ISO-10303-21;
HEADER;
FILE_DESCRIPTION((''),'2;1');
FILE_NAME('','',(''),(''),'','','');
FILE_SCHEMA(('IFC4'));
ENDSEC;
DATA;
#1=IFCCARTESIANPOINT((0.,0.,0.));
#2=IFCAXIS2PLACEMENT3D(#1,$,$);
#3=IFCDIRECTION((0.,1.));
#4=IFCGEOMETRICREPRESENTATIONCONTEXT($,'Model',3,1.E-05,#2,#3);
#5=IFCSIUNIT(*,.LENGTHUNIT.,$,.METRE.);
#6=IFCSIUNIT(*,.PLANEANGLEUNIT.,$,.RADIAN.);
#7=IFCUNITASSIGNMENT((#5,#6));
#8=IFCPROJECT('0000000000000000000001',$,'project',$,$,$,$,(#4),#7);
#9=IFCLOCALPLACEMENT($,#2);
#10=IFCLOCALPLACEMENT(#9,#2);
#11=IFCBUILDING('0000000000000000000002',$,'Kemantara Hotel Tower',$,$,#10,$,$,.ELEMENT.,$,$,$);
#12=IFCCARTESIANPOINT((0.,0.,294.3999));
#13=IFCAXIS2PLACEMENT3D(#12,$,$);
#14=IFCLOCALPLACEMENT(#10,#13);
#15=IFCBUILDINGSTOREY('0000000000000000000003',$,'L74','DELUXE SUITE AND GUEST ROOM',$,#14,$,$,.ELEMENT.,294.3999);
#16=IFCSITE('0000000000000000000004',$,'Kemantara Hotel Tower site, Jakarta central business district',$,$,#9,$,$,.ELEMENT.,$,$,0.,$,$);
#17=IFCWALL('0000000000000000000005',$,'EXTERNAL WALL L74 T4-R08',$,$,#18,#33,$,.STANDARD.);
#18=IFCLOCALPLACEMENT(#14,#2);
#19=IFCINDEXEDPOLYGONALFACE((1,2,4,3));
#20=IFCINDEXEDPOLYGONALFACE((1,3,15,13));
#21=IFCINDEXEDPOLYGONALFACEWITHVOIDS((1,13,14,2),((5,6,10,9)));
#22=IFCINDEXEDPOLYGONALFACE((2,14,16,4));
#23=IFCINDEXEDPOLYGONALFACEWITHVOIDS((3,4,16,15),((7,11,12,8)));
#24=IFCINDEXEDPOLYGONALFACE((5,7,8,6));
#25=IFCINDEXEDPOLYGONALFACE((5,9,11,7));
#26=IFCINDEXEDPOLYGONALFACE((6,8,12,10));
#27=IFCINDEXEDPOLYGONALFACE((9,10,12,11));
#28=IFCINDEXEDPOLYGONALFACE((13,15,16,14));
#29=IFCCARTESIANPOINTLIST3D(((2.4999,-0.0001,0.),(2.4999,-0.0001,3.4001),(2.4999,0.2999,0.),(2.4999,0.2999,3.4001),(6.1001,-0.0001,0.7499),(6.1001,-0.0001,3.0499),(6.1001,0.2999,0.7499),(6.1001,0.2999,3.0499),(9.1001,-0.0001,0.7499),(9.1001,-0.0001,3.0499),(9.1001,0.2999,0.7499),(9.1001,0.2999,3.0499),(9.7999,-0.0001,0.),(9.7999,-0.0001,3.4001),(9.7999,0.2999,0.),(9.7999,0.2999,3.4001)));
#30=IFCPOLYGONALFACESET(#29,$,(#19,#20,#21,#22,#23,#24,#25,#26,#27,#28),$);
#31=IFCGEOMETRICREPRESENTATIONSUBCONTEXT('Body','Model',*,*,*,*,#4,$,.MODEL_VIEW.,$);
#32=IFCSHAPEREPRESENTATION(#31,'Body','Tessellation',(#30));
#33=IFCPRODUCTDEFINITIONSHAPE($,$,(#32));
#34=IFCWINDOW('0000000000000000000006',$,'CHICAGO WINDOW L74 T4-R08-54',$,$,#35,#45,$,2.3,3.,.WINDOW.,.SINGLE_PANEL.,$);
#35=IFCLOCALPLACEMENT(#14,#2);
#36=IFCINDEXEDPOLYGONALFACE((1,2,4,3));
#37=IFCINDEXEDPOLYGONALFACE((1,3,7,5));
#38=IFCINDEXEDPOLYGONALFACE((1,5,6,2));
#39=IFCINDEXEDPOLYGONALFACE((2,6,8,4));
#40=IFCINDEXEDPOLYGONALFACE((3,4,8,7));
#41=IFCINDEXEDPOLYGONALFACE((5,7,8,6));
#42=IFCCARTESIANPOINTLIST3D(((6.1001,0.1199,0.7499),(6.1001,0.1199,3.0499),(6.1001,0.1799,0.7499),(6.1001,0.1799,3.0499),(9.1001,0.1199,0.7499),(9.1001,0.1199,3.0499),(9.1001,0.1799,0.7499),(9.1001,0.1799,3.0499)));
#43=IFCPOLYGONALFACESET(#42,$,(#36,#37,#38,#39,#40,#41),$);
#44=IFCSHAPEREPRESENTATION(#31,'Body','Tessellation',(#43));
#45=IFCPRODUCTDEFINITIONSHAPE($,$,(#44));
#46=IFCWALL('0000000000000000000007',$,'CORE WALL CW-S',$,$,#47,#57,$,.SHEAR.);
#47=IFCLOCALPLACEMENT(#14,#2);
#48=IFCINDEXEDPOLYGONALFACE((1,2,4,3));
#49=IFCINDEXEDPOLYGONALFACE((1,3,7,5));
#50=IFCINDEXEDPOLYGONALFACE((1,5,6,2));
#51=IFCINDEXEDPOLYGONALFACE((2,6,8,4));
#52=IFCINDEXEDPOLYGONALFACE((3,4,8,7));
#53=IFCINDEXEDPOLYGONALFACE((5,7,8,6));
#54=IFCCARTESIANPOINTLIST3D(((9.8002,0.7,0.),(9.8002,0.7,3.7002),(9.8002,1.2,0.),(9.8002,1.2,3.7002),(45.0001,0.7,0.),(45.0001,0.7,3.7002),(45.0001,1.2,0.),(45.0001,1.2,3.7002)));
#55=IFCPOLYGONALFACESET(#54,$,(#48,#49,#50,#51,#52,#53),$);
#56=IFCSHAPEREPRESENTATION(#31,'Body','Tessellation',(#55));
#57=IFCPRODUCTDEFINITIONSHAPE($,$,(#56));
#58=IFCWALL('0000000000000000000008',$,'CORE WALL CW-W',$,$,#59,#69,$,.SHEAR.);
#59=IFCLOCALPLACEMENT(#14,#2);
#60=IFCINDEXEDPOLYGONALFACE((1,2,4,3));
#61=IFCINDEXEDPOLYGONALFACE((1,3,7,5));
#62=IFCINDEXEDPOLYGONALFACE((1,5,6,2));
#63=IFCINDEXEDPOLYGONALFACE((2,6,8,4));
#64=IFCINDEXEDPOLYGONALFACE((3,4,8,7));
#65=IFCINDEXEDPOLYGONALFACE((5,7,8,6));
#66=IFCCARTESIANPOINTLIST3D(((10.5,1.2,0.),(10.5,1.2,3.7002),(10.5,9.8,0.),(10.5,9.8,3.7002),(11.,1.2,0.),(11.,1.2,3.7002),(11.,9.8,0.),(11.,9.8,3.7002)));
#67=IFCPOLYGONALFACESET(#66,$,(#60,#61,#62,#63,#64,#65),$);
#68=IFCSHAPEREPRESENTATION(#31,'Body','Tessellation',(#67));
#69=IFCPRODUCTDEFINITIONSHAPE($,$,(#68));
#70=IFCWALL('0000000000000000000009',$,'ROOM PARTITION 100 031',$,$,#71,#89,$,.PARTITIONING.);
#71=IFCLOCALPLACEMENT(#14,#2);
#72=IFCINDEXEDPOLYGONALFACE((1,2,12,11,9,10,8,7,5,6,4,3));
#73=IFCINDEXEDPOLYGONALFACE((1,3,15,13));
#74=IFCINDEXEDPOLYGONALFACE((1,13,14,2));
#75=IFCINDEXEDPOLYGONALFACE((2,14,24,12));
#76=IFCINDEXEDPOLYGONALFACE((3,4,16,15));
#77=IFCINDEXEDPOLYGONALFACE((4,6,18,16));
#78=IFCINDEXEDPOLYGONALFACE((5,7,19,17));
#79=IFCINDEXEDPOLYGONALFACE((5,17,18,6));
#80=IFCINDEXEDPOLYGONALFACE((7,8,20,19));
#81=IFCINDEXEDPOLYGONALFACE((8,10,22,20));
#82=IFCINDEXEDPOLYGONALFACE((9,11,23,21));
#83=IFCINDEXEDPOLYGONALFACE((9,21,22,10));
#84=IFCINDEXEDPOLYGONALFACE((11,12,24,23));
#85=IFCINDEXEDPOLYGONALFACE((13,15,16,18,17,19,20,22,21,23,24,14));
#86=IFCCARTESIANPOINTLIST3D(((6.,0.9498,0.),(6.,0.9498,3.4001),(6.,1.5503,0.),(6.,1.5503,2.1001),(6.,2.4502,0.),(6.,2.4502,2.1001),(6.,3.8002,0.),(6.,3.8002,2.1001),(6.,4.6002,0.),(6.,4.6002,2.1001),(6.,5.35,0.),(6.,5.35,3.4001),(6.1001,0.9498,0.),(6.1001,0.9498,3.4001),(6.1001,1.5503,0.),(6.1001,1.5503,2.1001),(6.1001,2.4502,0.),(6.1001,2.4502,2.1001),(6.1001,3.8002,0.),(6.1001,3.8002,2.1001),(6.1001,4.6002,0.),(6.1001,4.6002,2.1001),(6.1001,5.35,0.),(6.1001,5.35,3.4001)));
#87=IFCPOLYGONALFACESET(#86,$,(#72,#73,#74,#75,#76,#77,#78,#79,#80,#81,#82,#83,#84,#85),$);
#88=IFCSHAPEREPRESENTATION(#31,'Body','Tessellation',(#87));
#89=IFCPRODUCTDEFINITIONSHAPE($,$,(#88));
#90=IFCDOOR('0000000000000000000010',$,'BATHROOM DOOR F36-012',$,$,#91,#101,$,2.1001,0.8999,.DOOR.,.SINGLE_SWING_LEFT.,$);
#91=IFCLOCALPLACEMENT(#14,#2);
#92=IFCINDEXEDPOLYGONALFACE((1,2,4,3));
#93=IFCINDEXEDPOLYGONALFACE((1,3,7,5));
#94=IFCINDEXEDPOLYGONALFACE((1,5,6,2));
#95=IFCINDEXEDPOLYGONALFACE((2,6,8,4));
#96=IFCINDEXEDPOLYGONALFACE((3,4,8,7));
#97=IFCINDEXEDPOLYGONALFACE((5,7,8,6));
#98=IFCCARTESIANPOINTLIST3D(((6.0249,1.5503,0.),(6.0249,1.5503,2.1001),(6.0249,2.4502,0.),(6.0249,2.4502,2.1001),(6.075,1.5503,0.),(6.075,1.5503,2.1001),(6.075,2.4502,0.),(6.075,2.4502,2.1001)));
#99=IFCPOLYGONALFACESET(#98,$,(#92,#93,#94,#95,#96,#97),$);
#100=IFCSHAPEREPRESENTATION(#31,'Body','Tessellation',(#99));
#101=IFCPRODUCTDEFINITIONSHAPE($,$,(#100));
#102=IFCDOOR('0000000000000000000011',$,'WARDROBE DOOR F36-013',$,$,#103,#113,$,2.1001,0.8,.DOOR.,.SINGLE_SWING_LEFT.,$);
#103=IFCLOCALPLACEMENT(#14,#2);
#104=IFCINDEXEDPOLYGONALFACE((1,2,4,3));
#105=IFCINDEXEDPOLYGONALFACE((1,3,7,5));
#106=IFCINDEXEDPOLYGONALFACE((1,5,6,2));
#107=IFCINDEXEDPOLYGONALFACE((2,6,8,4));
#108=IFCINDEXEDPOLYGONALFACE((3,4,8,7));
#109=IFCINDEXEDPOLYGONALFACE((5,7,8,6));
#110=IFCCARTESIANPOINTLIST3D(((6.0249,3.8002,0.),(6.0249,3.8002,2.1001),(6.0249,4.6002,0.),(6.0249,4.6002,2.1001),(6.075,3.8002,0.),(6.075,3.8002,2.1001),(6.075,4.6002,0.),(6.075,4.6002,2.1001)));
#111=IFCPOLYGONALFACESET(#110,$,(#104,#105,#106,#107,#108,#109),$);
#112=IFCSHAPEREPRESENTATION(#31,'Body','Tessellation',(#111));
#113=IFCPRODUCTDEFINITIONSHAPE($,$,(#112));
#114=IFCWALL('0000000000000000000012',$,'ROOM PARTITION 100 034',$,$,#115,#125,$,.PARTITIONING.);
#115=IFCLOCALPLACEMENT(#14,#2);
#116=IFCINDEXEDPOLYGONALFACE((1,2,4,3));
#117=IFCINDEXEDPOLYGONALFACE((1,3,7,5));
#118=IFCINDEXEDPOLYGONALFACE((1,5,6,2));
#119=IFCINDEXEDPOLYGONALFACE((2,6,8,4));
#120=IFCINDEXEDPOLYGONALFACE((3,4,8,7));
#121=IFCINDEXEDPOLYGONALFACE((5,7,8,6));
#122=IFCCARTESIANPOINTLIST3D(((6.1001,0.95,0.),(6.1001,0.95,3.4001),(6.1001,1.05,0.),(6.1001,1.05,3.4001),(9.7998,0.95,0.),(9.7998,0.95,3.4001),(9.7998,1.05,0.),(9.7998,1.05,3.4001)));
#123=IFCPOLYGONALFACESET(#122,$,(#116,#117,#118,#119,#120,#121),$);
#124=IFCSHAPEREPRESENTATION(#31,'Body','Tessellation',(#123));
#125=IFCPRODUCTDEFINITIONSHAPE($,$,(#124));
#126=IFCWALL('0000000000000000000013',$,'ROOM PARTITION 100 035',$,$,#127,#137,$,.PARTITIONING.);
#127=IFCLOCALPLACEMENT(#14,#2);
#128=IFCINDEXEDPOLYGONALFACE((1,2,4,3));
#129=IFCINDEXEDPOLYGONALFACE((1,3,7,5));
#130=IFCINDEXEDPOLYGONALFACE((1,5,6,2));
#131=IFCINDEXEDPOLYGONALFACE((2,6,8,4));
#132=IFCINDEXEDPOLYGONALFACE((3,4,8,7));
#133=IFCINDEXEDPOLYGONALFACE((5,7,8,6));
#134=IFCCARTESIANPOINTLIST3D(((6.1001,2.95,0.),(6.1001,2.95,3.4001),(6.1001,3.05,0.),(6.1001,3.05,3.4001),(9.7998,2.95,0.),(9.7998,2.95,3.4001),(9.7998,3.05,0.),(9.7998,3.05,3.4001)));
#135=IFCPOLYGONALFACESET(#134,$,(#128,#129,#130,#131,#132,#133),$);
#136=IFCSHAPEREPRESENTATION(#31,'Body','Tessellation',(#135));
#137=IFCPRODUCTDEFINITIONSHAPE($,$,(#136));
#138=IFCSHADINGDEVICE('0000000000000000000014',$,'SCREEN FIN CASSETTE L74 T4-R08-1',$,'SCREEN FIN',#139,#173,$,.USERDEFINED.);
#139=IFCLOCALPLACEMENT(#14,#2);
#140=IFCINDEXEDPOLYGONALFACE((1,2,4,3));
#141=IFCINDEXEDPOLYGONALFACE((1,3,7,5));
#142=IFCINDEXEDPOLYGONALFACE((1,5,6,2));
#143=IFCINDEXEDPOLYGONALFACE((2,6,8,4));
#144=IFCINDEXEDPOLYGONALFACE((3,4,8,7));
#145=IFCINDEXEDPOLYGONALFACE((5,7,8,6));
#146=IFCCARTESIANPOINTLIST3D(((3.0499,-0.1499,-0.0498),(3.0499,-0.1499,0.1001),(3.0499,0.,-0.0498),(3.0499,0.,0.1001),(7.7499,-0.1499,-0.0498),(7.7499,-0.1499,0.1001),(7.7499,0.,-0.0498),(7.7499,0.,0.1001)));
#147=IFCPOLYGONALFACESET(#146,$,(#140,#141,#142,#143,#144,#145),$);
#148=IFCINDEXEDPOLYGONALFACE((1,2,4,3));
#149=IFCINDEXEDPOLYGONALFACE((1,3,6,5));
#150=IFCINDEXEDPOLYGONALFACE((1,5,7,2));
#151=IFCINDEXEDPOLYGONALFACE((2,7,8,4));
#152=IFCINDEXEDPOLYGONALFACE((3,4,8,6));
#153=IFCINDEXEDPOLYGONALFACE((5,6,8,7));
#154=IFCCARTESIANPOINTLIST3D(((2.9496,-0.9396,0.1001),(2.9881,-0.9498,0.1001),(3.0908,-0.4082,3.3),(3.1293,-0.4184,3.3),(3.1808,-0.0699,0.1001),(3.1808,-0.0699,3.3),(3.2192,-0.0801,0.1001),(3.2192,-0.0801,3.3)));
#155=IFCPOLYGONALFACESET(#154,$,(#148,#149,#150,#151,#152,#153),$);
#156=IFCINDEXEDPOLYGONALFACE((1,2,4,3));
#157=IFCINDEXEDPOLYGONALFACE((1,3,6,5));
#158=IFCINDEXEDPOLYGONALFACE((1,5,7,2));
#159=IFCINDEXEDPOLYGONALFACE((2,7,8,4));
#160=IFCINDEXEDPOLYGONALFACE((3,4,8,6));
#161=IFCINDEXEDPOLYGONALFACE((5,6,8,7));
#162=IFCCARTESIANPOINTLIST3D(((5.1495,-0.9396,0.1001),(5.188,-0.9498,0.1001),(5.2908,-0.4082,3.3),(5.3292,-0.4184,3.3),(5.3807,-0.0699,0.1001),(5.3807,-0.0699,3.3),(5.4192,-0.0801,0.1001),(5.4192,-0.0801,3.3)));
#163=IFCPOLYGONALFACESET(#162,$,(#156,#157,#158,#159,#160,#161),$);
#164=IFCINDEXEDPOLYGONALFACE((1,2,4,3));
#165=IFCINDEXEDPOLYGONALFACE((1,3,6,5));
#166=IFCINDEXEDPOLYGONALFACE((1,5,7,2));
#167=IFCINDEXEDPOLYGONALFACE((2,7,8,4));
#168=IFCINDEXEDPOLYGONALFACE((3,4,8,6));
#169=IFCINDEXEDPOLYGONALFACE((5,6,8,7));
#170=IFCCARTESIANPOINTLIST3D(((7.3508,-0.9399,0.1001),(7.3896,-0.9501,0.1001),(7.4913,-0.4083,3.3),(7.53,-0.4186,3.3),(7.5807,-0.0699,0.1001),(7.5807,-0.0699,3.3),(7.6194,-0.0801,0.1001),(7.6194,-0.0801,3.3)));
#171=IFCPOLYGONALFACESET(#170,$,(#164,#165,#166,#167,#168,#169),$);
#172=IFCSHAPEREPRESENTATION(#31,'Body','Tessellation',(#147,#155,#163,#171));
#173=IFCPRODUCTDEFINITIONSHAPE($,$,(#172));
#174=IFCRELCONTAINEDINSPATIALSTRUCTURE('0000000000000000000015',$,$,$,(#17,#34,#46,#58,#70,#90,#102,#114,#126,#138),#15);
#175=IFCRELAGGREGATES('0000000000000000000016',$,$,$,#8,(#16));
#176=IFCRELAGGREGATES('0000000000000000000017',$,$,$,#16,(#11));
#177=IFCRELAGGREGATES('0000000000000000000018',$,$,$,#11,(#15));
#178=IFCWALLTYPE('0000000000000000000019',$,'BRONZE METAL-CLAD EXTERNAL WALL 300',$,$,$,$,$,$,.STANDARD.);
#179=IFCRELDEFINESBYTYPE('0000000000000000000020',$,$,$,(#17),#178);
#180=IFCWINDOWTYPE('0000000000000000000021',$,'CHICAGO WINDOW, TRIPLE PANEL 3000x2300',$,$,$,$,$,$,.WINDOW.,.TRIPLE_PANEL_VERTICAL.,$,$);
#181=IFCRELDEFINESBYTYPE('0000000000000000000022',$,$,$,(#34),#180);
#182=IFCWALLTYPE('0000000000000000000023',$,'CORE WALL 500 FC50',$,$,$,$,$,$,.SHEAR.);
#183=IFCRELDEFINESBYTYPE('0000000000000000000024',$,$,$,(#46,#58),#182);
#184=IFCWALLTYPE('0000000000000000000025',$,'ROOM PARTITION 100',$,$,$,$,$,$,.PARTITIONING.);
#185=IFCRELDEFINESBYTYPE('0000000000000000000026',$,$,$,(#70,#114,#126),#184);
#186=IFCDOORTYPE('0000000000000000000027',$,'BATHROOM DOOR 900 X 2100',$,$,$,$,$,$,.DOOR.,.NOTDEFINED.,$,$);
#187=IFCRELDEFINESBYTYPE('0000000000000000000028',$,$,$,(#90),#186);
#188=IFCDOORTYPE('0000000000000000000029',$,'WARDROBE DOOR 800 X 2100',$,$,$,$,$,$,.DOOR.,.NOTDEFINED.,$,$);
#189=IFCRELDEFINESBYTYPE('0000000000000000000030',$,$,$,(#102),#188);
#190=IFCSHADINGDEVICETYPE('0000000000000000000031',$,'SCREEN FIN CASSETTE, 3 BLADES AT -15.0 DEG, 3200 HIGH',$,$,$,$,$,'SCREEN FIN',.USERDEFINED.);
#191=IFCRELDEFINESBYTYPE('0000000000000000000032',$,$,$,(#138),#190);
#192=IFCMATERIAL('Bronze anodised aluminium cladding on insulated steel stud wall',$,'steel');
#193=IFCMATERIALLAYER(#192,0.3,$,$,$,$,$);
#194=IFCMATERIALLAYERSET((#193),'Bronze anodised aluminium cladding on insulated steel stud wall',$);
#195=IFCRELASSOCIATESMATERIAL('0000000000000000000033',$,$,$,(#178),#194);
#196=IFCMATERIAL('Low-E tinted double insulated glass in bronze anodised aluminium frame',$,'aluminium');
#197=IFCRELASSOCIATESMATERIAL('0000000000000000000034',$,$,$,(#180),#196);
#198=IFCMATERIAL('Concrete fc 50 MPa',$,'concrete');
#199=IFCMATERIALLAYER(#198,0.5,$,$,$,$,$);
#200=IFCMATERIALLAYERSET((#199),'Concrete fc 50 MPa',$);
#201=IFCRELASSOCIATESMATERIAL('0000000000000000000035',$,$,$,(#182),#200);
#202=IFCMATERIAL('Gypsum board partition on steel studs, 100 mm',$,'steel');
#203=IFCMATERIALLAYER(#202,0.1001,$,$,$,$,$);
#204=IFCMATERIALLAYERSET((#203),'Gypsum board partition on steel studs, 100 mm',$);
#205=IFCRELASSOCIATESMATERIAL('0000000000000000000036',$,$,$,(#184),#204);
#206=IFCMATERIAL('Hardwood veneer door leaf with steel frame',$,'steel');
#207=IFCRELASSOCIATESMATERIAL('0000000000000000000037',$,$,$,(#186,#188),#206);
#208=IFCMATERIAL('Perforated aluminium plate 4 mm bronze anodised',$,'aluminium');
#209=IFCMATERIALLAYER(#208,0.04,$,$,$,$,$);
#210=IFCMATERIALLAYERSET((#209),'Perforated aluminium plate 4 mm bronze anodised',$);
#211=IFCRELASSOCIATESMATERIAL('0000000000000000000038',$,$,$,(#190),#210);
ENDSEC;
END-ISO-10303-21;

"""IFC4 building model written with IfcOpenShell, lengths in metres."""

from ifc_helpers import new_model, si_unit, direction, frame, frame_2d, origin, origin_2d, place, context, subcontext, project, spatial, polyline, rectangle, outline, extrude, source, transform, mapped, material, layer, layer_set, type_object, element, fill, save


model = new_model("IFC4")

# Units and contexts
model_context = context("Model", 3, precision=1e-05, world=origin(), true_north=direction((0.0, 1.0)))
body_context = subcontext(model_context, "Body", "Model", "MODEL_VIEW")
ifc_project = project(units=[si_unit("LENGTHUNIT", "METRE"), si_unit("PLANEANGLEUNIT", "RADIAN")], contexts=[model_context])

# Site, building, storey
site_placement = place(None, origin())
site = spatial("IfcSite", under=ifc_project, at=site_placement, Name="Kemantara Hotel Tower site, Jakarta central business district", CompositionType="ELEMENT", RefElevation=0.0)
building_placement = place(site_placement, origin())
building = spatial("IfcBuilding", under=site, at=building_placement, Name="Kemantara Hotel Tower", CompositionType="ELEMENT")
storey_placement = place(building_placement, frame((0.0, 0.0, 294.3999)))
storey = spatial("IfcBuildingStorey", under=building, at=storey_placement, Name="L74", Description="DELUXE SUITE AND GUEST ROOM", CompositionType="ELEMENT", Elevation=294.3999)

# Shared definitions
ifc_material_1 = material(Name="Concrete fc 50 MPa", Category="concrete")

# Shared definitions
ifc_material_2 = material(Name="Bronze anodised aluminium cladding on insulated steel stud wall", Category="steel")
ifc_layer_1 = layer(ifc_material_2, 0.3)
ifc_layer_set_1 = layer_set([ifc_layer_1], Name="Bronze anodised aluminium cladding on insulated steel stud wall")
wall_type_1 = type_object("IfcWallType", Name="BRONZE METAL-CLAD EXTERNAL WALL 300", PredefinedType="STANDARD", material=ifc_layer_set_1)

# Wall, opening, window
wall_1_placement = place(storey_placement, frame((2.5, 0.1499, 0.0), z_axis=(0.0, 0.0, 1.0), x_axis=(1.0, 0.0, 0.0)))
wall_1 = element("IfcWall", 1, at=wall_1_placement, inside=storey, type_object=wall_type_1, Name="EXTERNAL WALL L74 T4-R08", PredefinedType="STANDARD", context=body_context, shape_type="SweptSolid", body=[
    extrude(rectangle(XDim=7.3, YDim=0.3, at=frame_2d((3.6499, 0.0))), origin(), (0.0, 0.0, 1.0), 3.4001),
])
opening_1_placement = place(wall_1_placement, frame((3.6001, 0.0, 0.75)))
opening_1 = element("IfcOpeningElement", 2, at=opening_1_placement, cuts=wall_1, PredefinedType="OPENING", context=body_context, shape_type="SweptSolid", body=[
    extrude(rectangle(XDim=3.0, YDim=2.3, at=frame_2d((1.5, 1.1499))), frame((0.0, 0.1599, 0.0), z_axis=(0.0, -1.0, 0.0), x_axis=(1.0, 0.0, 0.0)), (0.0, 0.0, 1.0), 0.3201),
])
ifc_material_3 = material(Name="Low-E tinted double insulated glass in bronze anodised aluminium frame", Category="aluminium")
window_type = type_object("IfcWindowType", Name="CHICAGO WINDOW, TRIPLE PANEL 3000x2300", PartitioningType="TRIPLE_PANEL_VERTICAL", PredefinedType="WINDOW", material=ifc_material_3)
window_placement = place(opening_1_placement, origin())
window = element("IfcWindow", 3, at=window_placement, inside=storey, type_object=window_type, Name="CHICAGO WINDOW L74 T4-R08-54", OverallHeight=2.3, OverallWidth=3.0, PartitioningType="SINGLE_PANEL", PredefinedType="WINDOW", context=body_context, shape_type="SweptSolid", body=[
    extrude(rectangle(XDim=3.0, YDim=2.3, at=frame_2d((1.5, 1.1499))), frame((0.0, 0.03, 0.0), z_axis=(0.0, -1.0, 0.0), x_axis=(1.0, 0.0, 0.0)), (0.0, 0.0, 1.0), 0.0601),
])
fill(opening_1, window)

# Walls
ifc_layer_2 = layer(ifc_material_1, 0.5)
ifc_layer_set_2 = layer_set([ifc_layer_2], Name="Concrete fc 50 MPa")
wall_type_2 = type_object("IfcWallType", Name="CORE WALL 500 FC50", PredefinedType="SHEAR", material=ifc_layer_set_2)
wall_2_placement = place(storey_placement, frame((9.8, 0.95, 0.0), z_axis=(0.0, 0.0, 1.0), x_axis=(1.0, 0.0, 0.0)))
element("IfcWall", 4, at=wall_2_placement, inside=storey, type_object=wall_type_2, Name="CORE WALL CW-S", PredefinedType="SHEAR", context=body_context, shape_type="SweptSolid", body=[
    extrude(rectangle(XDim=35.2, YDim=0.5, at=frame_2d((17.6001, 0.0))), origin(), (0.0, 0.0, 1.0), 3.7002),
])
wall_3_placement = place(storey_placement, frame((10.75, 1.2, 0.0), z_axis=(0.0, 0.0, 1.0), x_axis=(0.0, 1.0, 0.0)))
element("IfcWall", 5, at=wall_3_placement, inside=storey, type_object=wall_type_2, Name="CORE WALL CW-W", PredefinedType="SHEAR", context=body_context, shape_type="SweptSolid", body=[
    extrude(rectangle(XDim=8.6001, YDim=0.5, at=frame_2d((4.3, 0.0))), origin(), (0.0, 0.0, 1.0), 3.7002),
])

# Wall, openings, doors
ifc_material_4 = material(Name="Gypsum board partition on steel studs, 100 mm", Category="steel")
ifc_layer_3 = layer(ifc_material_4, 0.1001)
ifc_layer_set_3 = layer_set([ifc_layer_3], Name="Gypsum board partition on steel studs, 100 mm")
wall_type_3 = type_object("IfcWallType", Name="ROOM PARTITION 100", PredefinedType="PARTITIONING", material=ifc_layer_set_3)
wall_4_placement = place(storey_placement, frame((6.05, 5.3501, 0.0), z_axis=(0.0, 0.0, 1.0), x_axis=(0.0, -1.0, 0.0)))
wall_4 = element("IfcWall", 6, at=wall_4_placement, inside=storey, type_object=wall_type_3, Name="ROOM PARTITION 100 031", PredefinedType="PARTITIONING", context=body_context, shape_type="SweptSolid", body=[
    extrude(rectangle(XDim=4.4001, YDim=0.1001, at=frame_2d((2.2002, 0.0))), origin(), (0.0, 0.0, 1.0), 3.4001),
])
opening_2_placement = place(wall_4_placement, frame((2.8999, 0.0, 0.0)))
opening_2 = element("IfcOpeningElement", 7, at=opening_2_placement, cuts=wall_4, PredefinedType="OPENING", context=body_context, shape_type="SweptSolid", body=[
    extrude(rectangle(XDim=0.8999, YDim=2.1001, at=frame_2d((0.45, 1.05))), frame((0.0, 0.0601, 0.0), z_axis=(0.0, -1.0, 0.0), x_axis=(1.0, 0.0, 0.0)), (0.0, 0.0, 1.0), 0.1201),
])
opening_3_placement = place(wall_4_placement, frame((0.75, 0.0, 0.0)))
opening_3 = element("IfcOpeningElement", 8, at=opening_3_placement, cuts=wall_4, PredefinedType="OPENING", context=body_context, shape_type="SweptSolid", body=[
    extrude(rectangle(XDim=0.8, YDim=2.1001, at=frame_2d((0.3999, 1.05))), frame((0.0, 0.0601, 0.0), z_axis=(0.0, -1.0, 0.0), x_axis=(1.0, 0.0, 0.0)), (0.0, 0.0, 1.0), 0.1201),
])
ifc_material_5 = material(Name="Hardwood veneer door leaf with steel frame", Category="steel")
door_type_1 = type_object("IfcDoorType", Name="BATHROOM DOOR 900 X 2100", OperationType="NOTDEFINED", PredefinedType="DOOR", material=ifc_material_5)
door_1_placement = place(opening_2_placement, origin())
door_1 = element("IfcDoor", 9, at=door_1_placement, inside=storey, type_object=door_type_1, Name="BATHROOM DOOR F36-012", OperationType="SINGLE_SWING_LEFT", OverallHeight=2.1001, OverallWidth=0.8999, PredefinedType="DOOR", context=body_context, shape_type="SweptSolid", body=[
    extrude(rectangle(XDim=0.8999, YDim=2.1001, at=frame_2d((0.45, 1.05))), frame((0.0, 0.0249, 0.0), z_axis=(0.0, -1.0, 0.0), x_axis=(1.0, 0.0, 0.0)), (0.0, 0.0, 1.0), 0.05),
])
fill(opening_2, door_1)
door_type_2 = type_object("IfcDoorType", Name="WARDROBE DOOR 800 X 2100", OperationType="NOTDEFINED", PredefinedType="DOOR", material=ifc_material_5)
door_2_placement = place(opening_3_placement, origin())
door_2 = element("IfcDoor", 10, at=door_2_placement, inside=storey, type_object=door_type_2, Name="WARDROBE DOOR F36-013", OperationType="SINGLE_SWING_LEFT", OverallHeight=2.1001, OverallWidth=0.8, PredefinedType="DOOR", context=body_context, shape_type="SweptSolid", body=[
    extrude(rectangle(XDim=0.8, YDim=2.1001, at=frame_2d((0.3999, 1.05))), frame((0.0, 0.0249, 0.0), z_axis=(0.0, -1.0, 0.0), x_axis=(1.0, 0.0, 0.0)), (0.0, 0.0, 1.0), 0.05),
])
fill(opening_3, door_2)

# Walls
for number, where, z_axis, x_axis, name in (
    (11, (6.1001, 1.0, 0.0), (0.0, 0.0, 1.0), (1.0, 0.0, 0.0), "ROOM PARTITION 100 034"),
    (12, (6.1001, 3.0, 0.0), (0.0, 0.0, 1.0), (1.0, 0.0, 0.0), "ROOM PARTITION 100 035"),
):
    element("IfcWall", number, at=place(storey_placement, frame(where, z_axis=z_axis, x_axis=x_axis)), inside=storey, type_object=wall_type_3, Name=name, PredefinedType="PARTITIONING", context=body_context, shape_type="SweptSolid", body=[
        extrude(rectangle(XDim=3.6997, YDim=0.1001, at=frame_2d((1.8499, 0.0))), origin(), (0.0, 0.0, 1.0), 3.4001),
    ])

# Shading device
ifc_material_6 = material(Name="Perforated aluminium plate 4 mm bronze anodised", Category="aluminium")
ifc_layer_4 = layer(ifc_material_6, 0.04)
ifc_layer_set_4 = layer_set([ifc_layer_4], Name="Perforated aluminium plate 4 mm bronze anodised")
shading_device_type_1 = type_object("IfcShadingDeviceType", Name="SCREEN FIN CASSETTE, 3 BLADES AT -15.0 DEG, 3200 HIGH", ElementType="SCREEN FIN", PredefinedType="USERDEFINED", material=ifc_layer_set_4)
shared_shape_1 = source(origin(), body_context, "Body", "SweptSolid", [
    extrude(rectangle(XDim=4.7, YDim=0.1499, at=origin_2d()), frame((2.2, -0.075, -0.1499), z_axis=(0.0, 0.0, 1.0), x_axis=(1.0, 0.0, 0.0)), (0.0, 0.0, 1.0), 0.1499),
    extrude(outline(polyline([(0.0, 0.0), (0.8999, 0.0), (0.3501, 3.2), (0.0, 3.2), (0.0, 0.0)])), frame((0.0193, -0.0801, 0.0), z_axis=(-0.966438, 0.256901, 0.0), x_axis=(-0.256901, -0.966438, 0.0)), (0.0, 0.0, 1.0), 0.0398),
    extrude(outline(polyline([(0.0, 0.0), (0.8999, 0.0), (0.3501, 3.2), (0.0, 3.2), (0.0, 0.0)])), frame((2.2192, -0.0801, 0.0), z_axis=(-0.966438, 0.256901, 0.0), x_axis=(-0.256901, -0.966438, 0.0)), (0.0, 0.0, 1.0), 0.0398),
    extrude(outline(polyline([(0.0, 0.0), (0.8999, 0.0), (0.3501, 3.2), (0.0, 3.2), (0.0, 0.0)])), frame((4.4194, -0.0801, 0.0), z_axis=(-0.966838, 0.255391, 0.0), x_axis=(-0.255391, -0.966838, 0.0)), (0.0, 0.0, 1.0), 0.04),
])
shading_device_1_placement = place(storey_placement, frame((3.2, 0.0, 0.1001), z_axis=(0.0, 0.0, 1.0), x_axis=(1.0, 0.0, 0.0)))
element("IfcShadingDevice", 13, at=shading_device_1_placement, inside=storey, type_object=shading_device_type_1, Name="SCREEN FIN CASSETTE L74 T4-R08-1", ObjectType="SCREEN FIN", PredefinedType="USERDEFINED", context=body_context, shape_type="MappedRepresentation", body=[
    mapped(shared_shape_1, transform((0.0, 0.0, 0.0))),
])

save(model, "model.ifc")
